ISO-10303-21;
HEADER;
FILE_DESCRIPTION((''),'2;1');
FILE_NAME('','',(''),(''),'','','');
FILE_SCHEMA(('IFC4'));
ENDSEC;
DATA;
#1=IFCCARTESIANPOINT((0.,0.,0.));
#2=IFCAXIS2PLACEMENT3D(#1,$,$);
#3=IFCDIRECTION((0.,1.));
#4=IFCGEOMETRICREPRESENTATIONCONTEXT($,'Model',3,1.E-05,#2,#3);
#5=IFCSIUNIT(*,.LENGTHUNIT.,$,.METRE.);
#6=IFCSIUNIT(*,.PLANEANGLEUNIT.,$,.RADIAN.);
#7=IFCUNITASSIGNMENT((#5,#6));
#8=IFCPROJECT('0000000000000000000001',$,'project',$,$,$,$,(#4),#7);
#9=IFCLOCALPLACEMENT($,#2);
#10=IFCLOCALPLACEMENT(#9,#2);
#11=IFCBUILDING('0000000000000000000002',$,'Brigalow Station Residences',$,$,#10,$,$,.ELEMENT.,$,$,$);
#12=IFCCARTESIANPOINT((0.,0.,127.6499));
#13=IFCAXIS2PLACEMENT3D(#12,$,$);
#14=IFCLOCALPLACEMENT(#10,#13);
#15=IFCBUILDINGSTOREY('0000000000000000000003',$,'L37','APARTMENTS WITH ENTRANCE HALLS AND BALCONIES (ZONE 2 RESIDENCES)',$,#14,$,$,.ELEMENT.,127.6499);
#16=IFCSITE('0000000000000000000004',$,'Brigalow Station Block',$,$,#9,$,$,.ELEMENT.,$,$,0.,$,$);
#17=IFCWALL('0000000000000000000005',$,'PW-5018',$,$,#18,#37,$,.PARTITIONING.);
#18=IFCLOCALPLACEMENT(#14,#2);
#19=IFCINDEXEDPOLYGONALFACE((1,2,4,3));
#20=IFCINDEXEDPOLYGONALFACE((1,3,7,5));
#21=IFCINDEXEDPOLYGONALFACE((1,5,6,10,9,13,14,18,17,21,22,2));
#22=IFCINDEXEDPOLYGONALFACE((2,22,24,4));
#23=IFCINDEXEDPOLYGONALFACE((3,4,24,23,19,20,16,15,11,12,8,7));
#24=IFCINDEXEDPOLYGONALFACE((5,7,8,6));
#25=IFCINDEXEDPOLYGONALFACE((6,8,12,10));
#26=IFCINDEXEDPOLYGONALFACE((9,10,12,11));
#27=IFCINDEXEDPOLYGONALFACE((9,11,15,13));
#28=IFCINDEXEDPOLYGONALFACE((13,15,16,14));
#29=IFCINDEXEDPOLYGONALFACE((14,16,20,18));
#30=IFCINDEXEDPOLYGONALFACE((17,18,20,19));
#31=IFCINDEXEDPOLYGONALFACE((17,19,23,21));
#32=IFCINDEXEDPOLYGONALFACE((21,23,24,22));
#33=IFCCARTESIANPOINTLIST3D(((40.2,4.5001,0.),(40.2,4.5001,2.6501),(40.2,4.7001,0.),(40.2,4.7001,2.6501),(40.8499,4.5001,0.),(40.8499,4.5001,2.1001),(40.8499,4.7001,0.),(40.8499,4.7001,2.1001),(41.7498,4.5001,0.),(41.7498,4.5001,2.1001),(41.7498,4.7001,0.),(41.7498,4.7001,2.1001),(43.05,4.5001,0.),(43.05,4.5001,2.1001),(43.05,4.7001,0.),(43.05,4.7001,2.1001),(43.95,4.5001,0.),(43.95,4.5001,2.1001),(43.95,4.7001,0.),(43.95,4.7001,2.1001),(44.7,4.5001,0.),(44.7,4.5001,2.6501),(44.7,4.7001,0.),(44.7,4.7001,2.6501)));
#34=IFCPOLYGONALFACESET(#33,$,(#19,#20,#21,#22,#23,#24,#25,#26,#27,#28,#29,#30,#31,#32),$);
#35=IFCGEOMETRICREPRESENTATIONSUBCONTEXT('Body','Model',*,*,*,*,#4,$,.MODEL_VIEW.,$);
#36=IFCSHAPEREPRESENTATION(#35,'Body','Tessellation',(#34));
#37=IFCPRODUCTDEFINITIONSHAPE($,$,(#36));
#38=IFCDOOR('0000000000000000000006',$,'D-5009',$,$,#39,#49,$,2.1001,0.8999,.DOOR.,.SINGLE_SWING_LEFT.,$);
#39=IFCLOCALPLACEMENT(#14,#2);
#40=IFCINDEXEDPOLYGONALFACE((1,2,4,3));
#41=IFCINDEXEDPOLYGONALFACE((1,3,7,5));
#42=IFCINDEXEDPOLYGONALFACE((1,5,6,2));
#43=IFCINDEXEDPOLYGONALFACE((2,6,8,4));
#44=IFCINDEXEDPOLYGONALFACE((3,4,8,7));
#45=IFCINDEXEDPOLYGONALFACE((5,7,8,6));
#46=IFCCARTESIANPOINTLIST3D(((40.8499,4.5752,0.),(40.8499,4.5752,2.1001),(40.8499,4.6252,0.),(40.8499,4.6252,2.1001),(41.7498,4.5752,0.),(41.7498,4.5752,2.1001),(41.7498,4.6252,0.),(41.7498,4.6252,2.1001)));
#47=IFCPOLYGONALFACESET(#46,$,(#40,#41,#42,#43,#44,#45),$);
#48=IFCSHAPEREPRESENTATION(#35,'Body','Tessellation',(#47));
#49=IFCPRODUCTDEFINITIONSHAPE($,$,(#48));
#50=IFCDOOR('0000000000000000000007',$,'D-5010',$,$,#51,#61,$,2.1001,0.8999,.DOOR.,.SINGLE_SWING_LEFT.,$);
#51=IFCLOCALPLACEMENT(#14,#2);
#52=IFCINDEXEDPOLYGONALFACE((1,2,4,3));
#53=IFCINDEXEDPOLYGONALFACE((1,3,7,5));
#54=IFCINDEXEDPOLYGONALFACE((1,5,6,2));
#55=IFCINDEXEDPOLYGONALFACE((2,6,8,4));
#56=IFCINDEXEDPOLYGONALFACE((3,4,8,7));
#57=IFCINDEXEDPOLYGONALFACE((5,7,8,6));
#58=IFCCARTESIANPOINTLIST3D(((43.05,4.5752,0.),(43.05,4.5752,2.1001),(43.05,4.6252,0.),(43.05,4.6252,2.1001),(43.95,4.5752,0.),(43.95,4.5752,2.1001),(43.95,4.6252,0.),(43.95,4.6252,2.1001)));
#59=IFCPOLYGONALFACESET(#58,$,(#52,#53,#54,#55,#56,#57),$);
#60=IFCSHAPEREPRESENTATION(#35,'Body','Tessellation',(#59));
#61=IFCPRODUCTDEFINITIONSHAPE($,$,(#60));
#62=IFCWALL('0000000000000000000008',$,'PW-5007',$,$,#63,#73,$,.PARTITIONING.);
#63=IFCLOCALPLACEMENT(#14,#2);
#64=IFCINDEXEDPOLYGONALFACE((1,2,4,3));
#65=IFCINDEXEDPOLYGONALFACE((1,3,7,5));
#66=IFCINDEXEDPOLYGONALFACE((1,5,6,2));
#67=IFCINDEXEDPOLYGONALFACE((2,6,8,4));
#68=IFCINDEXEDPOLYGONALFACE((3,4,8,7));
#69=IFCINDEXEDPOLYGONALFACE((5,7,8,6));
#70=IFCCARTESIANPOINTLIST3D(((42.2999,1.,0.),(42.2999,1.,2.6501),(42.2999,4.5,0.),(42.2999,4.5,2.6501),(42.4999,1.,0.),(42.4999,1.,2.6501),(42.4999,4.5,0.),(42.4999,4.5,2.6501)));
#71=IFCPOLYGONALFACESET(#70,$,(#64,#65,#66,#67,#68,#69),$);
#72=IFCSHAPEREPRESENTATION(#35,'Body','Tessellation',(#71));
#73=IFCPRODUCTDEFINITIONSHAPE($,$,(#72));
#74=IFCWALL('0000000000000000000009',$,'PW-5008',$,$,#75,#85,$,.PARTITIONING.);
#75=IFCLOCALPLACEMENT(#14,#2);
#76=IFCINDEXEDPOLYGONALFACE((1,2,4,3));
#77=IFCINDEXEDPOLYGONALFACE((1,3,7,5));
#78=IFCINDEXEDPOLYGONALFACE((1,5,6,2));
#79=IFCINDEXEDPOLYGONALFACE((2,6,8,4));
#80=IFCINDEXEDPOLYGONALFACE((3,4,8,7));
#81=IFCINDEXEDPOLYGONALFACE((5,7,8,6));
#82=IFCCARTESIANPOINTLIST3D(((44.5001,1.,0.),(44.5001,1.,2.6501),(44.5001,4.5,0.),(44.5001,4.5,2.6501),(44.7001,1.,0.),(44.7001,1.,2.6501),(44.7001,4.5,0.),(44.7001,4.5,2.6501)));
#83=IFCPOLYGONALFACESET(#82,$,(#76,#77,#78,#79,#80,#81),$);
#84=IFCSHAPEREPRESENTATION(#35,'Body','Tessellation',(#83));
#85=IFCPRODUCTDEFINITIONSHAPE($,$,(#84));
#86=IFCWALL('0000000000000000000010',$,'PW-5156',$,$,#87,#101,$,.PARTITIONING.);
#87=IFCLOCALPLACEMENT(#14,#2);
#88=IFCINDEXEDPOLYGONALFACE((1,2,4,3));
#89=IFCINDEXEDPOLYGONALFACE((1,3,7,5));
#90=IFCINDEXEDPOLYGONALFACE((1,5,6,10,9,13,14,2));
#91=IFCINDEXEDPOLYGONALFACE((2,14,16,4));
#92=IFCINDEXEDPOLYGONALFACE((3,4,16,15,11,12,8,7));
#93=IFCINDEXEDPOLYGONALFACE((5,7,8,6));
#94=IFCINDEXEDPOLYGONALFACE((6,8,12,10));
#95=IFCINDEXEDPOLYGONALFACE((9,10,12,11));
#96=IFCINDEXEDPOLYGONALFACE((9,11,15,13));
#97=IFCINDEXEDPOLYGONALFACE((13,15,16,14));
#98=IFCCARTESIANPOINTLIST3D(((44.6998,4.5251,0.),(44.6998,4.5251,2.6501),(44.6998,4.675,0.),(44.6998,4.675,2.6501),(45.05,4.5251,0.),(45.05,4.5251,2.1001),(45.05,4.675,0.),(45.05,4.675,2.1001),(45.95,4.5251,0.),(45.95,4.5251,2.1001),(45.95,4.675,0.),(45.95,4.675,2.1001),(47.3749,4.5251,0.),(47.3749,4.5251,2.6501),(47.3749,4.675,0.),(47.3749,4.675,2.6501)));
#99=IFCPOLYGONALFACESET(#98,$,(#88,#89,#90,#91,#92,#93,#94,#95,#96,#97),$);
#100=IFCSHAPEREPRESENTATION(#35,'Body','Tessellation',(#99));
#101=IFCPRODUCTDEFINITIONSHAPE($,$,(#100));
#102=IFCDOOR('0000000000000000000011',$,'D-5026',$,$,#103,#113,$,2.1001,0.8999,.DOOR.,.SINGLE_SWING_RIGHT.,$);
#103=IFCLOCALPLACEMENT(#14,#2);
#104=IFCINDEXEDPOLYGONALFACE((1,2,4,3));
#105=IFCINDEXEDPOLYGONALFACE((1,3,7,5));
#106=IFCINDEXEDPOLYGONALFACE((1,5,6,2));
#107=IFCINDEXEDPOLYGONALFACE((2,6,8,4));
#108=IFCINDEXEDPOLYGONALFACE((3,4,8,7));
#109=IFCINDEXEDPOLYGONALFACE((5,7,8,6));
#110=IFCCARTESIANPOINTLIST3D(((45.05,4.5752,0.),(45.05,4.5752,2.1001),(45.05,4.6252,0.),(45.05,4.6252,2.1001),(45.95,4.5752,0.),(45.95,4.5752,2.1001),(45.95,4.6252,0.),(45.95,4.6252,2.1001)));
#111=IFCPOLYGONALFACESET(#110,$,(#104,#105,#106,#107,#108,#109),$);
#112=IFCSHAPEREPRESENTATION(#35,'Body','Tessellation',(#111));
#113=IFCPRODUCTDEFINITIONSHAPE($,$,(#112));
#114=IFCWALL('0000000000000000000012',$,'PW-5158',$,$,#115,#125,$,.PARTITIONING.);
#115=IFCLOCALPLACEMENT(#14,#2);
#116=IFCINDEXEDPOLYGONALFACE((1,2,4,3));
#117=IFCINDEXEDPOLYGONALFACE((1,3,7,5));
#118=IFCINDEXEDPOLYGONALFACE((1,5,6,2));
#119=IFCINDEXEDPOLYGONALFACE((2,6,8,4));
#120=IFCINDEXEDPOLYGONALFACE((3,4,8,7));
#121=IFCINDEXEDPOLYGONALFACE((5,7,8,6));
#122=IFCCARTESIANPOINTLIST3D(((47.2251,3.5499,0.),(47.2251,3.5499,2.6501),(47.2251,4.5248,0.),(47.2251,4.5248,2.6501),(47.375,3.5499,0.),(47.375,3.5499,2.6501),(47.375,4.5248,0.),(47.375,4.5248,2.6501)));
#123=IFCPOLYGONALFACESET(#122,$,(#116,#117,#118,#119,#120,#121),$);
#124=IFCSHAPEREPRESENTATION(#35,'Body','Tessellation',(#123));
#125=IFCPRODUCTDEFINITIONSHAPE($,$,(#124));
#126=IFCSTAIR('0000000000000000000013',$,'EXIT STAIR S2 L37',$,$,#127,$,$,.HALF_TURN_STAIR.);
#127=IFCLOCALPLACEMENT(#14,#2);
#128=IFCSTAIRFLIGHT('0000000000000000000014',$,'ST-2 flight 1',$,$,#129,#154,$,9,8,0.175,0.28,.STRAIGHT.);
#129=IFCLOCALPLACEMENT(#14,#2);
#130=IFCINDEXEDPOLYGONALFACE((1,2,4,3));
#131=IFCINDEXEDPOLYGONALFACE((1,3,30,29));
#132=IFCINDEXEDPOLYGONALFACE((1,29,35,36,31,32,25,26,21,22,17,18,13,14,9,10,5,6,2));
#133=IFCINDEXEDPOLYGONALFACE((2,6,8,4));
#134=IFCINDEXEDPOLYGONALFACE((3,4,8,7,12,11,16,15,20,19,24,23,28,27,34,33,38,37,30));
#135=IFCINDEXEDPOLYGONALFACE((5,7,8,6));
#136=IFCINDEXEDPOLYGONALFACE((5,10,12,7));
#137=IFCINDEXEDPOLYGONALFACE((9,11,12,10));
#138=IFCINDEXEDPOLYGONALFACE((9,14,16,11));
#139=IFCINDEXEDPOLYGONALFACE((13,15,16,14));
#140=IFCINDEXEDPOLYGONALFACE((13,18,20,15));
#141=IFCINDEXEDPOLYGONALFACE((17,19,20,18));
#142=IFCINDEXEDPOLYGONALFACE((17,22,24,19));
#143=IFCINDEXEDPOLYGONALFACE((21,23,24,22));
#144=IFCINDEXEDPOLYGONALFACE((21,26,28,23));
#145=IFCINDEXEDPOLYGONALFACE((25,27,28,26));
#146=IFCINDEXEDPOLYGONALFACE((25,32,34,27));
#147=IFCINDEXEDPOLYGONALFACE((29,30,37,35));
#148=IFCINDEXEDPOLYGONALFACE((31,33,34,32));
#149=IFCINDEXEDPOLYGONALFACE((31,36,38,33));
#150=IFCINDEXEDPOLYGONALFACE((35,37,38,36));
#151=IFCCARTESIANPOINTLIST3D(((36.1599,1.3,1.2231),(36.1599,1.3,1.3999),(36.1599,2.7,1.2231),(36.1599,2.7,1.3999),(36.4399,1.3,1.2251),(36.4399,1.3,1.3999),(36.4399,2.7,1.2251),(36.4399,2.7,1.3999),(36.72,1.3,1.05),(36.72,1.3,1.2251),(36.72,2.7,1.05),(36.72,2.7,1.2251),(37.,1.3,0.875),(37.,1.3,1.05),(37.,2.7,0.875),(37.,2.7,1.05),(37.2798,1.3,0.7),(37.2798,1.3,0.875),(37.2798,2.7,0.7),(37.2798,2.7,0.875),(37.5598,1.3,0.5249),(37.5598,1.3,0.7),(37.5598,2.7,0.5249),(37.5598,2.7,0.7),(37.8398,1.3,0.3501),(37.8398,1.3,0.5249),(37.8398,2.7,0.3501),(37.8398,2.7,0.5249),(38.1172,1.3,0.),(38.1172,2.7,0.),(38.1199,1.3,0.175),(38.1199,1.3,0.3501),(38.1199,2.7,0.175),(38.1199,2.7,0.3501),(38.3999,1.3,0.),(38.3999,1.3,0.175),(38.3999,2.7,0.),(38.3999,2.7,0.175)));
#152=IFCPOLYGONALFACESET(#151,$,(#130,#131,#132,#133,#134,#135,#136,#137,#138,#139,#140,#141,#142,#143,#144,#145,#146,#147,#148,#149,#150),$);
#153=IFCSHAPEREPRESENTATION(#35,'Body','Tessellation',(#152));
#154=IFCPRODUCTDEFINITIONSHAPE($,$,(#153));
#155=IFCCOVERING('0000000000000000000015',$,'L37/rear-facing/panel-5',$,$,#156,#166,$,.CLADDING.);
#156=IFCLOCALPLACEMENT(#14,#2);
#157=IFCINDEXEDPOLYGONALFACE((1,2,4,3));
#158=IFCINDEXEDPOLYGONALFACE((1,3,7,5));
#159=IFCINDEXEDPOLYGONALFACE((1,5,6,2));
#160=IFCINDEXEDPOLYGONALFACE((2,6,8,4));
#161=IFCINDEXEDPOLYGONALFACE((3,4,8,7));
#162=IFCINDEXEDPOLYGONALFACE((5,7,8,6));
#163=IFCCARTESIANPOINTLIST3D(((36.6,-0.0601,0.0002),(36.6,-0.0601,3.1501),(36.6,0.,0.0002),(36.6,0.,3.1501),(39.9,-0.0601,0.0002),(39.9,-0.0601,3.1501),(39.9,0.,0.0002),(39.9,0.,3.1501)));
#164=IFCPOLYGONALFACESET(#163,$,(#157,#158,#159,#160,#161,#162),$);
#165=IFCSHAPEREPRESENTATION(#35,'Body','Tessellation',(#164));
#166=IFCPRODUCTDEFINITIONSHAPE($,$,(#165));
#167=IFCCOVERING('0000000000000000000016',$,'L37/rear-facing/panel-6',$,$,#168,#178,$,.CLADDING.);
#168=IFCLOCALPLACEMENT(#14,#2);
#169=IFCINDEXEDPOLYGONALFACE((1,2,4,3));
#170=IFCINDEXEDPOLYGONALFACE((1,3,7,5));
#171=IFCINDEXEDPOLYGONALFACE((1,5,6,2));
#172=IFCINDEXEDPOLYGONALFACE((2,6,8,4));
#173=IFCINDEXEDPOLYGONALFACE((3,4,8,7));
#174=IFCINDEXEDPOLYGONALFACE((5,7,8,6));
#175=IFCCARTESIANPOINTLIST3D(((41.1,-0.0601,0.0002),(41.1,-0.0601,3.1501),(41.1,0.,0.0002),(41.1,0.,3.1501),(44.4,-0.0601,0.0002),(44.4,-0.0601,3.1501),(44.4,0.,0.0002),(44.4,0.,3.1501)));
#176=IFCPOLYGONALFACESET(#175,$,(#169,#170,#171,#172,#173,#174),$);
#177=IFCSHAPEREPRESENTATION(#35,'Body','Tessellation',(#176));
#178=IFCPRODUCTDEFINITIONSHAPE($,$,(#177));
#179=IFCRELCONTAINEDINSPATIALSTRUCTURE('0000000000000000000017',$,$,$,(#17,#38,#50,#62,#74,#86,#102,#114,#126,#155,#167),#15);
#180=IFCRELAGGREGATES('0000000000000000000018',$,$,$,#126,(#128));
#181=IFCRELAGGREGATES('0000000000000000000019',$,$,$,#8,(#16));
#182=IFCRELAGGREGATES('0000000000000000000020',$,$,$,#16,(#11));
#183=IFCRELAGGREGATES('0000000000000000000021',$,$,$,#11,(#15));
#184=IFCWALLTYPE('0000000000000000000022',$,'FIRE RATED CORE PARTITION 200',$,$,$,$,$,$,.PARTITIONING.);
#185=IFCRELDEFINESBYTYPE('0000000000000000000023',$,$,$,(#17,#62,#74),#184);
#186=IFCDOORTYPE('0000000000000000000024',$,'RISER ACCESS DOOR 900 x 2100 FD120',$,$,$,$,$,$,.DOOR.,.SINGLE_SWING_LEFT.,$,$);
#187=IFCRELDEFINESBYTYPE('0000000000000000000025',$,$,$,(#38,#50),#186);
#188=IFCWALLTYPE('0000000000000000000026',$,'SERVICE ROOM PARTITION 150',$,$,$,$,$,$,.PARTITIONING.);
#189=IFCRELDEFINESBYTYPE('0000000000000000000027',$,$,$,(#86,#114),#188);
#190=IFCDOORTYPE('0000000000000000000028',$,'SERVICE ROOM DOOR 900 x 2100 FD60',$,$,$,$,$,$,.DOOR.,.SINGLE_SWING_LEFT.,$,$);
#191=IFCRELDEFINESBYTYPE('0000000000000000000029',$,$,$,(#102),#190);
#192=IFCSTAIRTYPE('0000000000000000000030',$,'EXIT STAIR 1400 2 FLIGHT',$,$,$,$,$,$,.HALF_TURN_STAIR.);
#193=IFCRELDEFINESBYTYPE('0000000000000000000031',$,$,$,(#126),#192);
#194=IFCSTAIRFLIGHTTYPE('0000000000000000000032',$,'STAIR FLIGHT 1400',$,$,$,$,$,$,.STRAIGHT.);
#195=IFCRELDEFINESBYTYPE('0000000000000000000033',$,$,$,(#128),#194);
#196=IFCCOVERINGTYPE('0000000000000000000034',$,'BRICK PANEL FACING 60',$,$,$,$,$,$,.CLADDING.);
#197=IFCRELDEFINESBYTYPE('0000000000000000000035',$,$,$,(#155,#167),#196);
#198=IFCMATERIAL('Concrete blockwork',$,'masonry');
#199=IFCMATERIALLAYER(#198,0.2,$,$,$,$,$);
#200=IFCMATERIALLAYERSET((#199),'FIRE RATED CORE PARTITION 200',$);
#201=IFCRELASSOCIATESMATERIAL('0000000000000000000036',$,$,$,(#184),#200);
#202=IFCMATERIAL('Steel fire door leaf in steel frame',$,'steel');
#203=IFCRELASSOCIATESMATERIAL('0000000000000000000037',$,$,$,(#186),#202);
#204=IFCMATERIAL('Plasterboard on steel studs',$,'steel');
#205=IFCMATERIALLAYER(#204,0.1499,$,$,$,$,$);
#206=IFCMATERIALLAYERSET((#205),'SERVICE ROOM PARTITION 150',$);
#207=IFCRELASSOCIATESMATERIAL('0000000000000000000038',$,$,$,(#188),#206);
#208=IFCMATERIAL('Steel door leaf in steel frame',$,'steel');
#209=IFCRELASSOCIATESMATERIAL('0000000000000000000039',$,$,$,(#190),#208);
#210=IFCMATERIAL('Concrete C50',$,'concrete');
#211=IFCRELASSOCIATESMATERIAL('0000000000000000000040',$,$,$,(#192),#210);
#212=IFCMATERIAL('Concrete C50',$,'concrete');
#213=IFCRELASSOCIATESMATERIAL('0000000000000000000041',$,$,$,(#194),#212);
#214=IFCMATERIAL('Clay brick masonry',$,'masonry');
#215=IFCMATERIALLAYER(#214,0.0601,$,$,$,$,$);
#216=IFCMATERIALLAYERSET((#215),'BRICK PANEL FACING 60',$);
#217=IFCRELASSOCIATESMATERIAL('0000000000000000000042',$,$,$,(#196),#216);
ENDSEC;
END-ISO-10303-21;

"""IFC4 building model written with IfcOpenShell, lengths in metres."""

from ifc_helpers import new_model, si_unit, direction, frame, frame_2d, origin, origin_2d, place, context, subcontext, project, spatial, polyline, rectangle, outline, extrude, material, layer, layer_set, type_object, element, fill, aggregate, save


model = new_model("IFC4")

# Units and contexts
model_context = context("Model", 3, precision=1e-05, world=origin(), true_north=direction((0.0, 1.0)))
body_context = subcontext(model_context, "Body", "Model", "MODEL_VIEW")
ifc_project = project(units=[si_unit("LENGTHUNIT", "METRE"), si_unit("PLANEANGLEUNIT", "RADIAN")], contexts=[model_context])

# Site, building, storey
site_placement = place(None, origin())
site = spatial("IfcSite", under=ifc_project, at=site_placement, Name="Brigalow Station Block", CompositionType="ELEMENT", RefElevation=0.0)
building_placement = place(site_placement, origin())
building = spatial("IfcBuilding", under=site, at=building_placement, Name="Brigalow Station Residences", CompositionType="ELEMENT")
storey_placement = place(building_placement, frame((0.0, 0.0, 127.6499)))
storey = spatial("IfcBuildingStorey", under=building, at=storey_placement, Name="L37", Description="APARTMENTS WITH ENTRANCE HALLS AND BALCONIES (ZONE 2 RESIDENCES)", CompositionType="ELEMENT", Elevation=127.6499)

# Wall, openings, doors
ifc_material_1 = material(Name="Concrete blockwork", Category="masonry")
ifc_layer_1 = layer(ifc_material_1, 0.2)
ifc_layer_set_1 = layer_set([ifc_layer_1], Name="FIRE RATED CORE PARTITION 200")
wall_type_1 = type_object("IfcWallType", Name="FIRE RATED CORE PARTITION 200", PredefinedType="PARTITIONING", material=ifc_layer_set_1)
wall_1_placement = place(storey_placement, frame((40.2, 4.6001, 0.0), z_axis=(0.0, 0.0, 1.0), x_axis=(1.0, 0.0, 0.0)))
wall_1 = element("IfcWall", 1, at=wall_1_placement, inside=storey, type_object=wall_type_1, Name="PW-5018", PredefinedType="PARTITIONING", context=body_context, shape_type="SweptSolid", body=[
    extrude(rectangle(XDim=4.5, YDim=0.2, at=frame_2d((2.25, 0.0))), origin(), (0.0, 0.0, 1.0), 2.6501),
])
opening_1_placement = place(wall_1_placement, frame((0.6499, 0.0, 0.0)))
opening_1 = element("IfcOpeningElement", 2, at=opening_1_placement, cuts=wall_1, PredefinedType="OPENING", context=body_context, shape_type="SweptSolid", body=[
    extrude(rectangle(XDim=0.8999, YDim=2.1001, at=frame_2d((0.45, 1.05))), frame((0.0, 0.1099, 0.0), z_axis=(0.0, -1.0, 0.0), x_axis=(1.0, 0.0, 0.0)), (0.0, 0.0, 1.0), 0.22),
])
opening_2_placement = place(wall_1_placement, frame((2.8501, 0.0, 0.0)))
opening_2 = element("IfcOpeningElement", 3, at=opening_2_placement, cuts=wall_1, PredefinedType="OPENING", context=body_context, shape_type="SweptSolid", body=[
    extrude(rectangle(XDim=0.8999, YDim=2.1001, at=frame_2d((0.45, 1.05))), frame((0.0, 0.1099, 0.0), z_axis=(0.0, -1.0, 0.0), x_axis=(1.0, 0.0, 0.0)), (0.0, 0.0, 1.0), 0.22),
])
ifc_material_2 = material(Name="Steel fire door leaf in steel frame", Category="steel")
door_type_1 = type_object("IfcDoorType", Name="RISER ACCESS DOOR 900 x 2100 FD120", OperationType="SINGLE_SWING_LEFT", PredefinedType="DOOR", material=ifc_material_2)
door_1_placement = place(opening_1_placement, frame((0.8999, 0.0, 0.0), z_axis=(0.0, 0.0, 1.0), x_axis=(-1.0, 0.0, 0.0)))
door_1 = element("IfcDoor", 4, at=door_1_placement, inside=storey, type_object=door_type_1, Name="D-5009", OperationType="SINGLE_SWING_LEFT", OverallHeight=2.1001, OverallWidth=0.8999, PredefinedType="DOOR", context=body_context, shape_type="SweptSolid", body=[
    extrude(rectangle(XDim=0.8999, YDim=2.1001, at=frame_2d((0.45, 1.05))), frame((0.0, 0.0249, 0.0), z_axis=(0.0, -1.0, 0.0), x_axis=(1.0, 0.0, 0.0)), (0.0, 0.0, 1.0), 0.05),
])
fill(opening_1, door_1)
door_2_placement = place(opening_2_placement, frame((0.8999, 0.0, 0.0), z_axis=(0.0, 0.0, 1.0), x_axis=(-1.0, 0.0, 0.0)))
door_2 = element("IfcDoor", 5, at=door_2_placement, inside=storey, type_object=door_type_1, Name="D-5010", OperationType="SINGLE_SWING_LEFT", OverallHeight=2.1001, OverallWidth=0.8999, PredefinedType="DOOR", context=body_context, shape_type="SweptSolid", body=[
    extrude(rectangle(XDim=0.8999, YDim=2.1001, at=frame_2d((0.45, 1.05))), frame((0.0, 0.0249, 0.0), z_axis=(0.0, -1.0, 0.0), x_axis=(1.0, 0.0, 0.0)), (0.0, 0.0, 1.0), 0.05),
])
fill(opening_2, door_2)

# Walls
for number, where, z_axis, x_axis, name in (
    (6, (42.3999, 1.0, 0.0), (0.0, 0.0, 1.0), (0.0, 1.0, 0.0), "PW-5007"),
    (7, (44.6001, 1.0, 0.0), (0.0, 0.0, 1.0), (0.0, 1.0, 0.0), "PW-5008"),
):
    element("IfcWall", number, at=place(storey_placement, frame(where, z_axis=z_axis, x_axis=x_axis)), inside=storey, type_object=wall_type_1, Name=name, PredefinedType="PARTITIONING", context=body_context, shape_type="SweptSolid", body=[
        extrude(rectangle(XDim=3.5, YDim=0.2, at=frame_2d((1.75, 0.0))), origin(), (0.0, 0.0, 1.0), 2.6501),
    ])

# Wall, opening, door
ifc_material_3 = material(Name="Plasterboard on steel studs", Category="steel")
ifc_layer_2 = layer(ifc_material_3, 0.1499)
ifc_layer_set_2 = layer_set([ifc_layer_2], Name="SERVICE ROOM PARTITION 150")
wall_type_2 = type_object("IfcWallType", Name="SERVICE ROOM PARTITION 150", PredefinedType="PARTITIONING", material=ifc_layer_set_2)
wall_2_placement = place(storey_placement, frame((44.7, 4.6001, 0.0), z_axis=(0.0, 0.0, 1.0), x_axis=(1.0, 0.0, 0.0)))
wall_2 = element("IfcWall", 8, at=wall_2_placement, inside=storey, type_object=wall_type_2, Name="PW-5156", PredefinedType="PARTITIONING", context=body_context, shape_type="SweptSolid", body=[
    extrude(rectangle(XDim=2.675, YDim=0.1499, at=frame_2d((1.3374, 0.0))), origin(), (0.0, 0.0, 1.0), 2.6501),
])
opening_3_placement = place(wall_2_placement, frame((0.3501, 0.0, 0.0)))
opening_3 = element("IfcOpeningElement", 9, at=opening_3_placement, cuts=wall_2, PredefinedType="OPENING", context=body_context, shape_type="SweptSolid", body=[
    extrude(rectangle(XDim=0.8999, YDim=2.1001, at=frame_2d((0.45, 1.05))), frame((0.0, 0.085, 0.0), z_axis=(0.0, -1.0, 0.0), x_axis=(1.0, 0.0, 0.0)), (0.0, 0.0, 1.0), 0.1699),
])
ifc_material_4 = material(Name="Steel door leaf in steel frame", Category="steel")
door_type_2 = type_object("IfcDoorType", Name="SERVICE ROOM DOOR 900 x 2100 FD60", OperationType="SINGLE_SWING_LEFT", PredefinedType="DOOR", material=ifc_material_4)
door_3_placement = place(opening_3_placement, frame((0.8999, 0.0, 0.0), z_axis=(0.0, 0.0, 1.0), x_axis=(-1.0, 0.0, 0.0)))
door_3 = element("IfcDoor", 10, at=door_3_placement, inside=storey, type_object=door_type_2, Name="D-5026", OperationType="SINGLE_SWING_RIGHT", OverallHeight=2.1001, OverallWidth=0.8999, PredefinedType="DOOR", context=body_context, shape_type="SweptSolid", body=[
    extrude(rectangle(XDim=0.8999, YDim=2.1001, at=frame_2d((0.45, 1.05))), frame((0.0, 0.0249, 0.0), z_axis=(0.0, -1.0, 0.0), x_axis=(1.0, 0.0, 0.0)), (0.0, 0.0, 1.0), 0.05),
])
fill(opening_3, door_3)

# Wall
wall_3_placement = place(storey_placement, frame((47.3, 3.55, 0.0), z_axis=(0.0, 0.0, 1.0), x_axis=(0.0, 1.0, 0.0)))
element("IfcWall", 11, at=wall_3_placement, inside=storey, type_object=wall_type_2, Name="PW-5158", PredefinedType="PARTITIONING", context=body_context, shape_type="SweptSolid", body=[
    extrude(rectangle(XDim=0.9749, YDim=0.1499, at=frame_2d((0.4873, 0.0))), origin(), (0.0, 0.0, 1.0), 2.6501),
])

# Stair, stair flight
ifc_material_5 = material(Name="Concrete C50", Category="concrete")
stair_type = type_object("IfcStairType", Name="EXIT STAIR 1400 2 FLIGHT", PredefinedType="HALF_TURN_STAIR", material=ifc_material_5)
stair_placement = place(storey_placement, origin())
stair = element("IfcStair", 12, at=stair_placement, inside=storey, type_object=stair_type, Name="EXIT STAIR S2 L37", PredefinedType="HALF_TURN_STAIR")
ifc_material_6 = material(Name="Concrete C50", Category="concrete")
stair_flight_type = type_object("IfcStairFlightType", Name="STAIR FLIGHT 1400", PredefinedType="STRAIGHT", material=ifc_material_6)
stair_flight_placement = place(storey_placement, frame((38.3999, 2.0, 0.0), z_axis=(0.0, 0.0, 1.0), x_axis=(-1.0, 0.0, 0.0)))
stair_flight = element("IfcStairFlight", 13, at=stair_flight_placement, type_object=stair_flight_type, Name="ST-2 flight 1", NumberOfRisers=9, NumberOfTreads=8, PredefinedType="STRAIGHT", RiserHeight=0.175, TreadLength=0.28, context=body_context, shape_type="SweptSolid", body=[
    extrude(outline(polyline([(0.0, 0.0), (0.0, 0.175), (0.28, 0.175), (0.28, 0.3501), (0.5601, 0.3501), (0.5601, 0.5249), (0.8401, 0.5249), (0.8401, 0.7), (1.1201, 0.7), (1.1201, 0.875), (1.3999, 0.875), (1.3999, 1.05), (1.6799, 1.05), (1.6799, 1.2251), (1.96, 1.2251), (1.96, 1.3999), (2.24, 1.3999), (2.24, 1.575), (2.24, 1.2231), (0.2827, 0.0), (0.0, 0.0)])), frame((0.0, 0.7, 0.0), z_axis=(0.0, -1.0, 0.0), x_axis=(1.0, 0.0, 0.0)), (0.0, 0.0, 1.0), 1.3999),
])
aggregate(stair, [stair_flight])

# Coverings
ifc_material_7 = material(Name="Clay brick masonry", Category="masonry")
ifc_layer_3 = layer(ifc_material_7, 0.0601)
ifc_layer_set_3 = layer_set([ifc_layer_3], Name="BRICK PANEL FACING 60")
covering_type_1 = type_object("IfcCoveringType", Name="BRICK PANEL FACING 60", PredefinedType="CLADDING", material=ifc_layer_set_3)
for number, where, z_axis, x_axis, name in (
    (14, (38.25, -0.03, 0.0002), (0.0, 0.0, 1.0), (1.0, 0.0, 0.0), "L37/rear-facing/panel-5"),
    (15, (42.75, -0.03, 0.0002), (0.0, 0.0, 1.0), (1.0, 0.0, 0.0), "L37/rear-facing/panel-6"),
):
    element("IfcCovering", number, at=place(storey_placement, frame(where, z_axis=z_axis, x_axis=x_axis)), inside=storey, type_object=covering_type_1, Name=name, PredefinedType="CLADDING", context=body_context, shape_type="SweptSolid", body=[
        extrude(rectangle(XDim=3.3, YDim=0.0601, at=origin_2d()), origin(), (0.0, 0.0, 1.0), 3.1499),
    ])

save(model, "model.ifc")
